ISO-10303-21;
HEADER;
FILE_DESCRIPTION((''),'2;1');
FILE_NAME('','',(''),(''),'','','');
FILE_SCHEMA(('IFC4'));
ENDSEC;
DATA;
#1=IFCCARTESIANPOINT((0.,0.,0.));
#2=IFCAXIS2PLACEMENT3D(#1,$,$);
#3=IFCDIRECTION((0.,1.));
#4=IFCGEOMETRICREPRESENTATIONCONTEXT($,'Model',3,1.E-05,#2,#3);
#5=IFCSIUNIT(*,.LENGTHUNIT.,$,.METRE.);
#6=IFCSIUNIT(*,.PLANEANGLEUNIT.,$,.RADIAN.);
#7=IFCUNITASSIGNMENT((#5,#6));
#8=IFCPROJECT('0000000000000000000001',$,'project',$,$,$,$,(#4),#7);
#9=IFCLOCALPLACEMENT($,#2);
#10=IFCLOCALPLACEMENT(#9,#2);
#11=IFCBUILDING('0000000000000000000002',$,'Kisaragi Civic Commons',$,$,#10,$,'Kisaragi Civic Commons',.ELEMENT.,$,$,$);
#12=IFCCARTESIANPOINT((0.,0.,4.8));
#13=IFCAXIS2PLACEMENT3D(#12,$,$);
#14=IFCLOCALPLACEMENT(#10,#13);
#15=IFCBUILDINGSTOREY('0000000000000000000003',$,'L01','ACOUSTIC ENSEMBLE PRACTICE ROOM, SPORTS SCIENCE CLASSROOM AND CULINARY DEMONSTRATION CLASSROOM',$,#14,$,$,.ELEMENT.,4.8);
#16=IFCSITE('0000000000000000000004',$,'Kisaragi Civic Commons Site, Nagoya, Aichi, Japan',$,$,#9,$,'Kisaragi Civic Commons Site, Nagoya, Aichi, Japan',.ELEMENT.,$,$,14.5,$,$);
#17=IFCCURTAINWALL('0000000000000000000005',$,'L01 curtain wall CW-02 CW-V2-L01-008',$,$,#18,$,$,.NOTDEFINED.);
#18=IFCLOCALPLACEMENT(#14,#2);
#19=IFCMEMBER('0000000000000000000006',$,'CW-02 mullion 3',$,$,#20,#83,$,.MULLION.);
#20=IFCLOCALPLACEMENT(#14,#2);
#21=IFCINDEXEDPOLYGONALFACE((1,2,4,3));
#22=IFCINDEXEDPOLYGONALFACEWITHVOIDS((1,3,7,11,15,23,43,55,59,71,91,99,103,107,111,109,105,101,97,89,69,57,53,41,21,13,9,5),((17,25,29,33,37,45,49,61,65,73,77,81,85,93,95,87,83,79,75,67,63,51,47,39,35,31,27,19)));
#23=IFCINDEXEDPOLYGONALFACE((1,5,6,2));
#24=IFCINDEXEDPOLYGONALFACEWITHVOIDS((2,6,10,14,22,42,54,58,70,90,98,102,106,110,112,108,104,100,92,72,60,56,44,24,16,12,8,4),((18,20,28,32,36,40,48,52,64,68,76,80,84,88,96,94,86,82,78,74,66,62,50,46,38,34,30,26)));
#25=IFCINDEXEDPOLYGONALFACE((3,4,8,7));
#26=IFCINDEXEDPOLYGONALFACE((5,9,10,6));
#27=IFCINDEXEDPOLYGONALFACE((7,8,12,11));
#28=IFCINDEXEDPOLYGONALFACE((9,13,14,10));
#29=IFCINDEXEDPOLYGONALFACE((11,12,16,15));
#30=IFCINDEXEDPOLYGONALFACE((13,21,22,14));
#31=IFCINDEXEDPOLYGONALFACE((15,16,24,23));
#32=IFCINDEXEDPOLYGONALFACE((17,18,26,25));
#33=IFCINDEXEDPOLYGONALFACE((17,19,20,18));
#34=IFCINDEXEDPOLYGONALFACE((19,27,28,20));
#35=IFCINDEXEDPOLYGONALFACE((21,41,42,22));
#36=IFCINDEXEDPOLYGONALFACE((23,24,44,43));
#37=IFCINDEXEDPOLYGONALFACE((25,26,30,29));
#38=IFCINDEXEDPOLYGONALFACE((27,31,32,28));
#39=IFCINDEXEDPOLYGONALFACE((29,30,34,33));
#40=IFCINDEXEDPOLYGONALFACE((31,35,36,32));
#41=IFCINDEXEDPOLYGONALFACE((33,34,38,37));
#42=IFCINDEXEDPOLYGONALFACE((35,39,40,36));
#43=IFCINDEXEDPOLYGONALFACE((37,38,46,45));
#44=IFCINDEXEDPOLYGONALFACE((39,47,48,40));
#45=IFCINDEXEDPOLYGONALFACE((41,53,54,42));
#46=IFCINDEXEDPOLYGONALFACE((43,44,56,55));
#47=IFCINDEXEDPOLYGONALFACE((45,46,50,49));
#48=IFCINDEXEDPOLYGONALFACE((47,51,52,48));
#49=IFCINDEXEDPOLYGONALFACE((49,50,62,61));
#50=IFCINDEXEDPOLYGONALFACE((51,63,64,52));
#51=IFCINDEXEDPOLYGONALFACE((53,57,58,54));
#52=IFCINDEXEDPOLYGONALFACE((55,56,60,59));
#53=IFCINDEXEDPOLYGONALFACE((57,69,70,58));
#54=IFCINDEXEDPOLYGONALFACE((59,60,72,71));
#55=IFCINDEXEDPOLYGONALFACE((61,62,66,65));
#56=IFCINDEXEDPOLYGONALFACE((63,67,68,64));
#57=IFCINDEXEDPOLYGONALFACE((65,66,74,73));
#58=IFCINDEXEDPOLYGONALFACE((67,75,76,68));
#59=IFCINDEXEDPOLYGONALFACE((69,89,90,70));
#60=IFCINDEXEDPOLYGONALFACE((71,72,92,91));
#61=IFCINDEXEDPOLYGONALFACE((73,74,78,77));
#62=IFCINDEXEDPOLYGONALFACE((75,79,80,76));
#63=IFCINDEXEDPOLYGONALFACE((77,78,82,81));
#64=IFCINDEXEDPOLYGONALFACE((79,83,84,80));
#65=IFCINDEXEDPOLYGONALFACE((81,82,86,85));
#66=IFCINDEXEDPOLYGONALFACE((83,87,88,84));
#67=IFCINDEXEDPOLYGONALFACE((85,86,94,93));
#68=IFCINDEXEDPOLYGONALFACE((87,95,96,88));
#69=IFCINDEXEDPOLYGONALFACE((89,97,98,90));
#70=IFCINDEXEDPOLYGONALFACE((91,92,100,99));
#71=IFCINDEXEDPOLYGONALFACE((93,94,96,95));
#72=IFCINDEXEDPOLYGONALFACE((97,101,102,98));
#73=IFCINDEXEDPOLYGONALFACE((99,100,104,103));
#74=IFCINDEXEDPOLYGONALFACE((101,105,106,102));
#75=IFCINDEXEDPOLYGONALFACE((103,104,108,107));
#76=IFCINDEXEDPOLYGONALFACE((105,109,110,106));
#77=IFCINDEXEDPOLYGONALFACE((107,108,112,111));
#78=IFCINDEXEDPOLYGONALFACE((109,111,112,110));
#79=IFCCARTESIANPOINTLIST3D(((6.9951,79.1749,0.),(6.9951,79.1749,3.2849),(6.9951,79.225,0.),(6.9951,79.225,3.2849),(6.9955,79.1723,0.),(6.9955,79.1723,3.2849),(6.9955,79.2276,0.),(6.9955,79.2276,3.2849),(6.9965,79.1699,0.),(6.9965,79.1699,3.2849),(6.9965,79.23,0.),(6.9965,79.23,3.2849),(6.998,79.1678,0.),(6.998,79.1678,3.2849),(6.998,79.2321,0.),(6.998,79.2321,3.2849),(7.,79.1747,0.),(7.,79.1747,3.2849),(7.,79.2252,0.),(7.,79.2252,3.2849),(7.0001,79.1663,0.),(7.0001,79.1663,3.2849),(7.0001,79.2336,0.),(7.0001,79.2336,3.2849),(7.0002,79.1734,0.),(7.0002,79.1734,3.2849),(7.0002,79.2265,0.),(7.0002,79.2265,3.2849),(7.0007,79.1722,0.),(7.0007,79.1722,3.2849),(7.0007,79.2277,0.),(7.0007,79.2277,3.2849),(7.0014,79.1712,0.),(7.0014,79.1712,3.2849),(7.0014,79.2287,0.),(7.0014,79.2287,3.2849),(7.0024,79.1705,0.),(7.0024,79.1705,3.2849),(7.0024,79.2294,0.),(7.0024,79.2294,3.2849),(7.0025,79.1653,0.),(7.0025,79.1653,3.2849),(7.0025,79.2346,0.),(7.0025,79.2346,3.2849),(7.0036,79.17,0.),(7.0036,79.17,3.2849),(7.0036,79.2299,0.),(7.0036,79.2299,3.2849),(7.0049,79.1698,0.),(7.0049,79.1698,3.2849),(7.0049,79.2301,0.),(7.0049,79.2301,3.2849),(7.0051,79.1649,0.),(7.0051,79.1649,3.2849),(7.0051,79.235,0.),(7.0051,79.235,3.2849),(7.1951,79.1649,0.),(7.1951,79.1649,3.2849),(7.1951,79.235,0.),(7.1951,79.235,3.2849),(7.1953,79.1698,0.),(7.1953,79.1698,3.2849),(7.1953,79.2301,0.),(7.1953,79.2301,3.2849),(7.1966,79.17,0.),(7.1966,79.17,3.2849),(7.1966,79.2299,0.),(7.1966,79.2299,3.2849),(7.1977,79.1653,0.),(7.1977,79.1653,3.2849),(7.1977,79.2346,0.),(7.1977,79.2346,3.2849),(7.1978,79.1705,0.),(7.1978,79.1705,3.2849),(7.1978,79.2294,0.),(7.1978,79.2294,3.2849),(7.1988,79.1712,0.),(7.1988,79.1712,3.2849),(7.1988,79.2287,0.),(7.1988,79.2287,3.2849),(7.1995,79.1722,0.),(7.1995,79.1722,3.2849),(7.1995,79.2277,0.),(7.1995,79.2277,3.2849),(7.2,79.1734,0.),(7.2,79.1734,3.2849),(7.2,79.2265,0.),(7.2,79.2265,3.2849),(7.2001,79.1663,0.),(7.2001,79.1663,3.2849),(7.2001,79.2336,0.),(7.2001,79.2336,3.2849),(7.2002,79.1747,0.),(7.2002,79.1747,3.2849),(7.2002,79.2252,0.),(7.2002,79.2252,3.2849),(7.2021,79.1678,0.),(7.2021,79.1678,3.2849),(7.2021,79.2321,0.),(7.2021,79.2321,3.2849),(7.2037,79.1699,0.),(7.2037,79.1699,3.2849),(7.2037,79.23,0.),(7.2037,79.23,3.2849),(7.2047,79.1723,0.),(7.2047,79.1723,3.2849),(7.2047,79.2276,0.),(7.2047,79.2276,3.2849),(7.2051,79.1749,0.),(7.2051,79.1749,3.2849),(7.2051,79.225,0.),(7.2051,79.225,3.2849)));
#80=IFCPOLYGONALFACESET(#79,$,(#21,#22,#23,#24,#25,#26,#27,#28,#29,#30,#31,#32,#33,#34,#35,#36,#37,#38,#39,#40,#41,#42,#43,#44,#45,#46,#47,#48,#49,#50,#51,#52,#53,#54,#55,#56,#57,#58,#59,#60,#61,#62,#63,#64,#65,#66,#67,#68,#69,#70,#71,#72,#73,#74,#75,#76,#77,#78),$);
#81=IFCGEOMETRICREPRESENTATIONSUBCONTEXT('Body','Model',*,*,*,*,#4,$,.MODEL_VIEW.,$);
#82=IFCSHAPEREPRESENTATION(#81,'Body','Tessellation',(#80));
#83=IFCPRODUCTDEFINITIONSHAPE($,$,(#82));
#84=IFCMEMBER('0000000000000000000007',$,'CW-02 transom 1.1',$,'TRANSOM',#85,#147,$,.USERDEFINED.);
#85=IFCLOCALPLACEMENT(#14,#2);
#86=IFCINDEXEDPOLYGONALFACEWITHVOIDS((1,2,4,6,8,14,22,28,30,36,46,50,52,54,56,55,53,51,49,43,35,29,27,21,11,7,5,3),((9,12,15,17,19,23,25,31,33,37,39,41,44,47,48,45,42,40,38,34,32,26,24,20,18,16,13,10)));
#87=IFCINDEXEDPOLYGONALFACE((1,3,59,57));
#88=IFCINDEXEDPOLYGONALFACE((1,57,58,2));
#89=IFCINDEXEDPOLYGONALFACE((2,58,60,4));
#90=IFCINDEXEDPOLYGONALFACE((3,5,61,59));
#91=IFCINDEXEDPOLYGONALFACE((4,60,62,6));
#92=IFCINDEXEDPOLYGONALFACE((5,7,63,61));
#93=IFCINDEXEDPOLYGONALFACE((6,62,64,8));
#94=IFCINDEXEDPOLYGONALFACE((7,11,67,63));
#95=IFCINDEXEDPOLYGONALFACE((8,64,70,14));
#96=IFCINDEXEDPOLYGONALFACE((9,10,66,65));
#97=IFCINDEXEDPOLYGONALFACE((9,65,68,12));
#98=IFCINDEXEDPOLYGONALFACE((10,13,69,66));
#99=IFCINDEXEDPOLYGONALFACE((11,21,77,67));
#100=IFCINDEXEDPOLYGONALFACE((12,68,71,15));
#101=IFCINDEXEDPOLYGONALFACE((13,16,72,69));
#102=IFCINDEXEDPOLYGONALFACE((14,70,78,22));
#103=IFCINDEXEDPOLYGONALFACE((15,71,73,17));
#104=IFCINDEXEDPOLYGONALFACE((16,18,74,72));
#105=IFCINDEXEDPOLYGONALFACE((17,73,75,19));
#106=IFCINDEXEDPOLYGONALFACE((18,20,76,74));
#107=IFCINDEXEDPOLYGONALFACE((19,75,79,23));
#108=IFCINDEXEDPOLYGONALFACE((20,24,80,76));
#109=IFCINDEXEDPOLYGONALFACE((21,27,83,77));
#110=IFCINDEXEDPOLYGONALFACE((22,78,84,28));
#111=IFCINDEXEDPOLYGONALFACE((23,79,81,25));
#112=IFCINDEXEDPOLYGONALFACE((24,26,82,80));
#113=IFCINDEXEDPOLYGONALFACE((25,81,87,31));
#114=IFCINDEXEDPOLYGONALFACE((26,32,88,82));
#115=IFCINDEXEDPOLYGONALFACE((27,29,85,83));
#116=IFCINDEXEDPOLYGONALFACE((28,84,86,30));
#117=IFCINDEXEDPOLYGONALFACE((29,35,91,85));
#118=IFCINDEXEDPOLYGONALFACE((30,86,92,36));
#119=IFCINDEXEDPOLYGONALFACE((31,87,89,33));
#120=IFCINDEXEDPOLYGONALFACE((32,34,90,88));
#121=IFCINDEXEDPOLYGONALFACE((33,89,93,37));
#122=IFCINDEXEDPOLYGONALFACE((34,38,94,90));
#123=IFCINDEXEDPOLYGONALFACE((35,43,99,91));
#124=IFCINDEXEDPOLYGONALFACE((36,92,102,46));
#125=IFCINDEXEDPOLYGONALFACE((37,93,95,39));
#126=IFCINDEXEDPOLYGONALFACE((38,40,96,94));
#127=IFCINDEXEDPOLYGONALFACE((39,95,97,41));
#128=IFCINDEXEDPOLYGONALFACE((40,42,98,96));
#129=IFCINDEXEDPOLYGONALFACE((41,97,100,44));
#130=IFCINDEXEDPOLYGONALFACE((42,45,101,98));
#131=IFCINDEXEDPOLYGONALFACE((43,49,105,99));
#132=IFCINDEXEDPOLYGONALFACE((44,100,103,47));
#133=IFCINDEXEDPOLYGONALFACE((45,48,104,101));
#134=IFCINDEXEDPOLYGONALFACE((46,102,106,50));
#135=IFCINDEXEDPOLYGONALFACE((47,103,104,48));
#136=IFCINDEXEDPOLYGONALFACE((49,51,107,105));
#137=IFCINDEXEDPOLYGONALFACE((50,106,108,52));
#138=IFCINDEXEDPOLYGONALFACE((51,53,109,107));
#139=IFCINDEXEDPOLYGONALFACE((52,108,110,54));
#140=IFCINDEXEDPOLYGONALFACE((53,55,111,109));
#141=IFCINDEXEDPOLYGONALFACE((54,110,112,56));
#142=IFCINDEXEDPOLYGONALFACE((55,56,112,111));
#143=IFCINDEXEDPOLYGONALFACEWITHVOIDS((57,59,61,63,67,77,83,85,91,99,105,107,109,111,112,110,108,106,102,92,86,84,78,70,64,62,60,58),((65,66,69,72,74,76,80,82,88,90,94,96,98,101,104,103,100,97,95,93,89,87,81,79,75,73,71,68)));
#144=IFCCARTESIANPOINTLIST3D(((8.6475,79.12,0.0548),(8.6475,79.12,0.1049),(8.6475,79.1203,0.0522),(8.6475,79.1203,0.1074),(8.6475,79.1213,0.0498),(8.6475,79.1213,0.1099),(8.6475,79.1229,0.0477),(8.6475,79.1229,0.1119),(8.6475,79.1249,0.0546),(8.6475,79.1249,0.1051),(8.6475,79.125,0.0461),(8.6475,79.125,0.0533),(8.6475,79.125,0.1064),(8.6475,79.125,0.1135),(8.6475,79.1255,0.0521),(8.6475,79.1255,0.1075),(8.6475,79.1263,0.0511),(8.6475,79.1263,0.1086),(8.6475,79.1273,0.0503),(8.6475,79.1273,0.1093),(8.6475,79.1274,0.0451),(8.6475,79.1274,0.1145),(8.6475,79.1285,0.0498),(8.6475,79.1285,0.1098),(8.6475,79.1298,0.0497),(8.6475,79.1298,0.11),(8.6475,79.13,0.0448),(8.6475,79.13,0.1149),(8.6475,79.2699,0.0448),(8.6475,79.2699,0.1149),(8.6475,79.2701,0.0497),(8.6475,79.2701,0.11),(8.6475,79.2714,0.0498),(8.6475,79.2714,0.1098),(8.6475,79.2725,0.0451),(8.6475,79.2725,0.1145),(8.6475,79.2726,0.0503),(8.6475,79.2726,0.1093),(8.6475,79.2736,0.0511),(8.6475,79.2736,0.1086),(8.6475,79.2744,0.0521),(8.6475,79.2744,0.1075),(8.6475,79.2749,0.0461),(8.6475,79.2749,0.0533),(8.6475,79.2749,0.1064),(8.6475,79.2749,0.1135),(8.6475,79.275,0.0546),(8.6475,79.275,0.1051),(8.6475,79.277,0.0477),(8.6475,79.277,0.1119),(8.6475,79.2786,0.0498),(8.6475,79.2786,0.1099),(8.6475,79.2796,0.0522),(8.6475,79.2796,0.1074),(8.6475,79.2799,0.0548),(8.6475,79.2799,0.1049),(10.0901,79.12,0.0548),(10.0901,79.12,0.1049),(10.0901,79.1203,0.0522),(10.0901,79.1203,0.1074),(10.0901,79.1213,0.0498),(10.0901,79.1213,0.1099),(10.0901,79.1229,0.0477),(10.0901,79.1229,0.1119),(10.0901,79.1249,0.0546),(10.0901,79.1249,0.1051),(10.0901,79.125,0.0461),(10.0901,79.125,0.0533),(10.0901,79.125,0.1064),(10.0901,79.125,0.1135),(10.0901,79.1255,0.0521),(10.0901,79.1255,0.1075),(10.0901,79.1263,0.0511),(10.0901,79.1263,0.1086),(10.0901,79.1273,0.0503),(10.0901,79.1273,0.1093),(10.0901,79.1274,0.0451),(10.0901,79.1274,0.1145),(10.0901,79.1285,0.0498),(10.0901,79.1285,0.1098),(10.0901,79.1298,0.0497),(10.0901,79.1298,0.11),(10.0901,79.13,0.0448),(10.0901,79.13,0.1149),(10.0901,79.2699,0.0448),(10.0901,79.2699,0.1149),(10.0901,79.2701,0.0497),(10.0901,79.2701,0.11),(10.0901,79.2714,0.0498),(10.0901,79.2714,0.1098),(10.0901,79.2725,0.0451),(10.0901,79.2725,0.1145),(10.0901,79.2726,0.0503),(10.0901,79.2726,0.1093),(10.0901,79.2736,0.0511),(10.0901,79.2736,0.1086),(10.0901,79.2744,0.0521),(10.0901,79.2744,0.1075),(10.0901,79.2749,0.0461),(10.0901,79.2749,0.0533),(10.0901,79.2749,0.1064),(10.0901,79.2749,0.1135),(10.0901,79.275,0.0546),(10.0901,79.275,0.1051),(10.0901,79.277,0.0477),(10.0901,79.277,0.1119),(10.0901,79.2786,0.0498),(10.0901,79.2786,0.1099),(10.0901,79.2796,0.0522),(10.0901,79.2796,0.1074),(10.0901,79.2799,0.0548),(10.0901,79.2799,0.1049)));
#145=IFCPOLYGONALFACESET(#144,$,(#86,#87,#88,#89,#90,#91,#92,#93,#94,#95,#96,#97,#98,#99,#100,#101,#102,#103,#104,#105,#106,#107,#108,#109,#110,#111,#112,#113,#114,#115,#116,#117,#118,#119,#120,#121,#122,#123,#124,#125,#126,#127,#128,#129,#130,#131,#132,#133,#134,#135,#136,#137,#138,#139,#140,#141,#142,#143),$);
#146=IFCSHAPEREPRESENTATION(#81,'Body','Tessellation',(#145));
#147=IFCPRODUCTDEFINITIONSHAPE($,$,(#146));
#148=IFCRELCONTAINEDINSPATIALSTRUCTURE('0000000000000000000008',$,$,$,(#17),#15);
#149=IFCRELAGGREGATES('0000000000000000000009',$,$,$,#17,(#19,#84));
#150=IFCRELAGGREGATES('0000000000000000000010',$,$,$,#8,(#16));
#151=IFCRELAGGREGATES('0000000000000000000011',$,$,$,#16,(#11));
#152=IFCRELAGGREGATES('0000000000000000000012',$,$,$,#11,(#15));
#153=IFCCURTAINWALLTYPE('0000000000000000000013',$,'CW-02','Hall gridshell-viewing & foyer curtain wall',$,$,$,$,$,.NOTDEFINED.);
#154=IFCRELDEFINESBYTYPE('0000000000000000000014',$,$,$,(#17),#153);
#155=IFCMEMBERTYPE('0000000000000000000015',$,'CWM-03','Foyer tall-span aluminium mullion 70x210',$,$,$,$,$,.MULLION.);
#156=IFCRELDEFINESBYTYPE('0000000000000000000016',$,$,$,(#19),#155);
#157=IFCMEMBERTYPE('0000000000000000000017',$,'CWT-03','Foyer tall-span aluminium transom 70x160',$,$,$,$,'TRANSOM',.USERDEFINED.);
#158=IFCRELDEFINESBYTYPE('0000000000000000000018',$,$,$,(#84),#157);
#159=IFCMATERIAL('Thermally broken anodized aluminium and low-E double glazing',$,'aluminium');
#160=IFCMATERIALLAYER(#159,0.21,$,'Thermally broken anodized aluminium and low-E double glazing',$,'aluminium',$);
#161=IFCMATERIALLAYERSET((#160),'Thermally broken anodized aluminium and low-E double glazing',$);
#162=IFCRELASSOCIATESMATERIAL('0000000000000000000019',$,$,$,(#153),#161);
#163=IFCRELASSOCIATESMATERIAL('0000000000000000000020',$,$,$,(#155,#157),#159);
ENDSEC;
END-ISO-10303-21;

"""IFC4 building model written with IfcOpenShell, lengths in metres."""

from ifc_helpers import new_model, si_unit, direction, frame, origin, origin_2d, place, context, subcontext, project, spatial, hollow_rectangle, extrude, material, layer, layer_set, material_profile, profile_set, type_object, element, aggregate, save


model = new_model("IFC4")

# Units and contexts
model_context = context("Model", 3, precision=1e-05, world=origin(), true_north=direction((0.0, 1.0)))
body_context = subcontext(model_context, "Body", "Model", "MODEL_VIEW")
ifc_project = project(units=[si_unit("LENGTHUNIT", "METRE"), si_unit("PLANEANGLEUNIT", "RADIAN")], contexts=[model_context])

# Site, building, storey
site_placement = place(None, origin())
site = spatial("IfcSite", under=ifc_project, at=site_placement, Name="Kisaragi Civic Commons Site, Nagoya, Aichi, Japan", LongName="Kisaragi Civic Commons Site, Nagoya, Aichi, Japan", CompositionType="ELEMENT", RefElevation=14.5)
building_placement = place(site_placement, origin())
building = spatial("IfcBuilding", under=site, at=building_placement, Name="Kisaragi Civic Commons", LongName="Kisaragi Civic Commons", CompositionType="ELEMENT")
storey_placement = place(building_placement, frame((0.0, 0.0, 4.8)))
storey = spatial("IfcBuildingStorey", under=building, at=storey_placement, Name="L01", Description="ACOUSTIC ENSEMBLE PRACTICE ROOM, SPORTS SCIENCE CLASSROOM AND CULINARY DEMONSTRATION CLASSROOM", CompositionType="ELEMENT", Elevation=4.8)

# Curtain wall, members
ifc_material_1 = material(Name="Thermally broken anodized aluminium and low-E double glazing", Category="aluminium")
ifc_layer_1 = layer(ifc_material_1, 0.21, Name="Thermally broken anodized aluminium and low-E double glazing", Category="aluminium")
ifc_layer_set_1 = layer_set([ifc_layer_1], Name="Thermally broken anodized aluminium and low-E double glazing")
curtain_wall_type = type_object("IfcCurtainWallType", Name="CW-02", Description="Hall gridshell-viewing & foyer curtain wall", PredefinedType="NOTDEFINED", material=ifc_layer_set_1)
curtain_wall_placement = place(storey_placement, origin())
curtain_wall = element("IfcCurtainWall", 1, at=curtain_wall_placement, inside=storey, type_object=curtain_wall_type, Name="L01 curtain wall CW-02 CW-V2-L01-008", PredefinedType="NOTDEFINED")
ifc_material_profile_1 = material_profile(ifc_material_1, hollow_rectangle(XDim=0.0701, YDim=0.21, WallThickness=0.0049, InnerFilletRadius=0.0049, OuterFilletRadius=0.01, at=origin_2d()), Name="CWM-70x210x5", Category="aluminium")
ifc_profile_set_1 = profile_set([ifc_material_profile_1], Name="Thermally broken anodized aluminium and low-E double glazing")
member_type_1 = type_object("IfcMemberType", Name="CWM-03", Description="Foyer tall-span aluminium mullion 70x210", PredefinedType="MULLION", material=ifc_profile_set_1)
member_1_placement = place(storey_placement, frame((7.1001, 79.2, 0.0), z_axis=(0.0, 0.0, 1.0), x_axis=(0.0, -1.0, 0.0)))
member_1 = element("IfcMember", 2, at=member_1_placement, type_object=member_type_1, Name="CW-02 mullion 3", PredefinedType="MULLION", context=body_context, shape_type="SweptSolid", body=[
    extrude(hollow_rectangle(XDim=0.0701, YDim=0.21, WallThickness=0.0049, InnerFilletRadius=0.0049, OuterFilletRadius=0.01, at=origin_2d()), origin(), (0.0, 0.0, 1.0), 3.2849),
])
ifc_material_profile_2 = material_profile(ifc_material_1, hollow_rectangle(XDim=0.1599, YDim=0.0701, WallThickness=0.0049, InnerFilletRadius=0.0049, OuterFilletRadius=0.01, at=origin_2d()), Name="CWT-70x160x5", Category="aluminium")
ifc_profile_set_2 = profile_set([ifc_material_profile_2], Name="Thermally broken anodized aluminium and low-E double glazing")
member_type_2 = type_object("IfcMemberType", Name="CWT-03", Description="Foyer tall-span aluminium transom 70x160", ElementType="TRANSOM", PredefinedType="USERDEFINED", material=ifc_profile_set_2)
member_2_placement = place(storey_placement, frame((10.0901, 79.2, 0.0798), z_axis=(-1.0, 0.0, 0.0), x_axis=(0.0, -1.0, 0.0)))
member_2 = element("IfcMember", 3, at=member_2_placement, type_object=member_type_2, Name="CW-02 transom 1.1", ObjectType="TRANSOM", PredefinedType="USERDEFINED", context=body_context, shape_type="SweptSolid", body=[
    extrude(hollow_rectangle(XDim=0.1599, YDim=0.0701, WallThickness=0.0049, InnerFilletRadius=0.0049, OuterFilletRadius=0.01, at=origin_2d()), origin(), (0.0, 0.0, 1.0), 1.4426),
])

aggregate(curtain_wall, [member_1, member_2])

save(model, "model.ifc")
